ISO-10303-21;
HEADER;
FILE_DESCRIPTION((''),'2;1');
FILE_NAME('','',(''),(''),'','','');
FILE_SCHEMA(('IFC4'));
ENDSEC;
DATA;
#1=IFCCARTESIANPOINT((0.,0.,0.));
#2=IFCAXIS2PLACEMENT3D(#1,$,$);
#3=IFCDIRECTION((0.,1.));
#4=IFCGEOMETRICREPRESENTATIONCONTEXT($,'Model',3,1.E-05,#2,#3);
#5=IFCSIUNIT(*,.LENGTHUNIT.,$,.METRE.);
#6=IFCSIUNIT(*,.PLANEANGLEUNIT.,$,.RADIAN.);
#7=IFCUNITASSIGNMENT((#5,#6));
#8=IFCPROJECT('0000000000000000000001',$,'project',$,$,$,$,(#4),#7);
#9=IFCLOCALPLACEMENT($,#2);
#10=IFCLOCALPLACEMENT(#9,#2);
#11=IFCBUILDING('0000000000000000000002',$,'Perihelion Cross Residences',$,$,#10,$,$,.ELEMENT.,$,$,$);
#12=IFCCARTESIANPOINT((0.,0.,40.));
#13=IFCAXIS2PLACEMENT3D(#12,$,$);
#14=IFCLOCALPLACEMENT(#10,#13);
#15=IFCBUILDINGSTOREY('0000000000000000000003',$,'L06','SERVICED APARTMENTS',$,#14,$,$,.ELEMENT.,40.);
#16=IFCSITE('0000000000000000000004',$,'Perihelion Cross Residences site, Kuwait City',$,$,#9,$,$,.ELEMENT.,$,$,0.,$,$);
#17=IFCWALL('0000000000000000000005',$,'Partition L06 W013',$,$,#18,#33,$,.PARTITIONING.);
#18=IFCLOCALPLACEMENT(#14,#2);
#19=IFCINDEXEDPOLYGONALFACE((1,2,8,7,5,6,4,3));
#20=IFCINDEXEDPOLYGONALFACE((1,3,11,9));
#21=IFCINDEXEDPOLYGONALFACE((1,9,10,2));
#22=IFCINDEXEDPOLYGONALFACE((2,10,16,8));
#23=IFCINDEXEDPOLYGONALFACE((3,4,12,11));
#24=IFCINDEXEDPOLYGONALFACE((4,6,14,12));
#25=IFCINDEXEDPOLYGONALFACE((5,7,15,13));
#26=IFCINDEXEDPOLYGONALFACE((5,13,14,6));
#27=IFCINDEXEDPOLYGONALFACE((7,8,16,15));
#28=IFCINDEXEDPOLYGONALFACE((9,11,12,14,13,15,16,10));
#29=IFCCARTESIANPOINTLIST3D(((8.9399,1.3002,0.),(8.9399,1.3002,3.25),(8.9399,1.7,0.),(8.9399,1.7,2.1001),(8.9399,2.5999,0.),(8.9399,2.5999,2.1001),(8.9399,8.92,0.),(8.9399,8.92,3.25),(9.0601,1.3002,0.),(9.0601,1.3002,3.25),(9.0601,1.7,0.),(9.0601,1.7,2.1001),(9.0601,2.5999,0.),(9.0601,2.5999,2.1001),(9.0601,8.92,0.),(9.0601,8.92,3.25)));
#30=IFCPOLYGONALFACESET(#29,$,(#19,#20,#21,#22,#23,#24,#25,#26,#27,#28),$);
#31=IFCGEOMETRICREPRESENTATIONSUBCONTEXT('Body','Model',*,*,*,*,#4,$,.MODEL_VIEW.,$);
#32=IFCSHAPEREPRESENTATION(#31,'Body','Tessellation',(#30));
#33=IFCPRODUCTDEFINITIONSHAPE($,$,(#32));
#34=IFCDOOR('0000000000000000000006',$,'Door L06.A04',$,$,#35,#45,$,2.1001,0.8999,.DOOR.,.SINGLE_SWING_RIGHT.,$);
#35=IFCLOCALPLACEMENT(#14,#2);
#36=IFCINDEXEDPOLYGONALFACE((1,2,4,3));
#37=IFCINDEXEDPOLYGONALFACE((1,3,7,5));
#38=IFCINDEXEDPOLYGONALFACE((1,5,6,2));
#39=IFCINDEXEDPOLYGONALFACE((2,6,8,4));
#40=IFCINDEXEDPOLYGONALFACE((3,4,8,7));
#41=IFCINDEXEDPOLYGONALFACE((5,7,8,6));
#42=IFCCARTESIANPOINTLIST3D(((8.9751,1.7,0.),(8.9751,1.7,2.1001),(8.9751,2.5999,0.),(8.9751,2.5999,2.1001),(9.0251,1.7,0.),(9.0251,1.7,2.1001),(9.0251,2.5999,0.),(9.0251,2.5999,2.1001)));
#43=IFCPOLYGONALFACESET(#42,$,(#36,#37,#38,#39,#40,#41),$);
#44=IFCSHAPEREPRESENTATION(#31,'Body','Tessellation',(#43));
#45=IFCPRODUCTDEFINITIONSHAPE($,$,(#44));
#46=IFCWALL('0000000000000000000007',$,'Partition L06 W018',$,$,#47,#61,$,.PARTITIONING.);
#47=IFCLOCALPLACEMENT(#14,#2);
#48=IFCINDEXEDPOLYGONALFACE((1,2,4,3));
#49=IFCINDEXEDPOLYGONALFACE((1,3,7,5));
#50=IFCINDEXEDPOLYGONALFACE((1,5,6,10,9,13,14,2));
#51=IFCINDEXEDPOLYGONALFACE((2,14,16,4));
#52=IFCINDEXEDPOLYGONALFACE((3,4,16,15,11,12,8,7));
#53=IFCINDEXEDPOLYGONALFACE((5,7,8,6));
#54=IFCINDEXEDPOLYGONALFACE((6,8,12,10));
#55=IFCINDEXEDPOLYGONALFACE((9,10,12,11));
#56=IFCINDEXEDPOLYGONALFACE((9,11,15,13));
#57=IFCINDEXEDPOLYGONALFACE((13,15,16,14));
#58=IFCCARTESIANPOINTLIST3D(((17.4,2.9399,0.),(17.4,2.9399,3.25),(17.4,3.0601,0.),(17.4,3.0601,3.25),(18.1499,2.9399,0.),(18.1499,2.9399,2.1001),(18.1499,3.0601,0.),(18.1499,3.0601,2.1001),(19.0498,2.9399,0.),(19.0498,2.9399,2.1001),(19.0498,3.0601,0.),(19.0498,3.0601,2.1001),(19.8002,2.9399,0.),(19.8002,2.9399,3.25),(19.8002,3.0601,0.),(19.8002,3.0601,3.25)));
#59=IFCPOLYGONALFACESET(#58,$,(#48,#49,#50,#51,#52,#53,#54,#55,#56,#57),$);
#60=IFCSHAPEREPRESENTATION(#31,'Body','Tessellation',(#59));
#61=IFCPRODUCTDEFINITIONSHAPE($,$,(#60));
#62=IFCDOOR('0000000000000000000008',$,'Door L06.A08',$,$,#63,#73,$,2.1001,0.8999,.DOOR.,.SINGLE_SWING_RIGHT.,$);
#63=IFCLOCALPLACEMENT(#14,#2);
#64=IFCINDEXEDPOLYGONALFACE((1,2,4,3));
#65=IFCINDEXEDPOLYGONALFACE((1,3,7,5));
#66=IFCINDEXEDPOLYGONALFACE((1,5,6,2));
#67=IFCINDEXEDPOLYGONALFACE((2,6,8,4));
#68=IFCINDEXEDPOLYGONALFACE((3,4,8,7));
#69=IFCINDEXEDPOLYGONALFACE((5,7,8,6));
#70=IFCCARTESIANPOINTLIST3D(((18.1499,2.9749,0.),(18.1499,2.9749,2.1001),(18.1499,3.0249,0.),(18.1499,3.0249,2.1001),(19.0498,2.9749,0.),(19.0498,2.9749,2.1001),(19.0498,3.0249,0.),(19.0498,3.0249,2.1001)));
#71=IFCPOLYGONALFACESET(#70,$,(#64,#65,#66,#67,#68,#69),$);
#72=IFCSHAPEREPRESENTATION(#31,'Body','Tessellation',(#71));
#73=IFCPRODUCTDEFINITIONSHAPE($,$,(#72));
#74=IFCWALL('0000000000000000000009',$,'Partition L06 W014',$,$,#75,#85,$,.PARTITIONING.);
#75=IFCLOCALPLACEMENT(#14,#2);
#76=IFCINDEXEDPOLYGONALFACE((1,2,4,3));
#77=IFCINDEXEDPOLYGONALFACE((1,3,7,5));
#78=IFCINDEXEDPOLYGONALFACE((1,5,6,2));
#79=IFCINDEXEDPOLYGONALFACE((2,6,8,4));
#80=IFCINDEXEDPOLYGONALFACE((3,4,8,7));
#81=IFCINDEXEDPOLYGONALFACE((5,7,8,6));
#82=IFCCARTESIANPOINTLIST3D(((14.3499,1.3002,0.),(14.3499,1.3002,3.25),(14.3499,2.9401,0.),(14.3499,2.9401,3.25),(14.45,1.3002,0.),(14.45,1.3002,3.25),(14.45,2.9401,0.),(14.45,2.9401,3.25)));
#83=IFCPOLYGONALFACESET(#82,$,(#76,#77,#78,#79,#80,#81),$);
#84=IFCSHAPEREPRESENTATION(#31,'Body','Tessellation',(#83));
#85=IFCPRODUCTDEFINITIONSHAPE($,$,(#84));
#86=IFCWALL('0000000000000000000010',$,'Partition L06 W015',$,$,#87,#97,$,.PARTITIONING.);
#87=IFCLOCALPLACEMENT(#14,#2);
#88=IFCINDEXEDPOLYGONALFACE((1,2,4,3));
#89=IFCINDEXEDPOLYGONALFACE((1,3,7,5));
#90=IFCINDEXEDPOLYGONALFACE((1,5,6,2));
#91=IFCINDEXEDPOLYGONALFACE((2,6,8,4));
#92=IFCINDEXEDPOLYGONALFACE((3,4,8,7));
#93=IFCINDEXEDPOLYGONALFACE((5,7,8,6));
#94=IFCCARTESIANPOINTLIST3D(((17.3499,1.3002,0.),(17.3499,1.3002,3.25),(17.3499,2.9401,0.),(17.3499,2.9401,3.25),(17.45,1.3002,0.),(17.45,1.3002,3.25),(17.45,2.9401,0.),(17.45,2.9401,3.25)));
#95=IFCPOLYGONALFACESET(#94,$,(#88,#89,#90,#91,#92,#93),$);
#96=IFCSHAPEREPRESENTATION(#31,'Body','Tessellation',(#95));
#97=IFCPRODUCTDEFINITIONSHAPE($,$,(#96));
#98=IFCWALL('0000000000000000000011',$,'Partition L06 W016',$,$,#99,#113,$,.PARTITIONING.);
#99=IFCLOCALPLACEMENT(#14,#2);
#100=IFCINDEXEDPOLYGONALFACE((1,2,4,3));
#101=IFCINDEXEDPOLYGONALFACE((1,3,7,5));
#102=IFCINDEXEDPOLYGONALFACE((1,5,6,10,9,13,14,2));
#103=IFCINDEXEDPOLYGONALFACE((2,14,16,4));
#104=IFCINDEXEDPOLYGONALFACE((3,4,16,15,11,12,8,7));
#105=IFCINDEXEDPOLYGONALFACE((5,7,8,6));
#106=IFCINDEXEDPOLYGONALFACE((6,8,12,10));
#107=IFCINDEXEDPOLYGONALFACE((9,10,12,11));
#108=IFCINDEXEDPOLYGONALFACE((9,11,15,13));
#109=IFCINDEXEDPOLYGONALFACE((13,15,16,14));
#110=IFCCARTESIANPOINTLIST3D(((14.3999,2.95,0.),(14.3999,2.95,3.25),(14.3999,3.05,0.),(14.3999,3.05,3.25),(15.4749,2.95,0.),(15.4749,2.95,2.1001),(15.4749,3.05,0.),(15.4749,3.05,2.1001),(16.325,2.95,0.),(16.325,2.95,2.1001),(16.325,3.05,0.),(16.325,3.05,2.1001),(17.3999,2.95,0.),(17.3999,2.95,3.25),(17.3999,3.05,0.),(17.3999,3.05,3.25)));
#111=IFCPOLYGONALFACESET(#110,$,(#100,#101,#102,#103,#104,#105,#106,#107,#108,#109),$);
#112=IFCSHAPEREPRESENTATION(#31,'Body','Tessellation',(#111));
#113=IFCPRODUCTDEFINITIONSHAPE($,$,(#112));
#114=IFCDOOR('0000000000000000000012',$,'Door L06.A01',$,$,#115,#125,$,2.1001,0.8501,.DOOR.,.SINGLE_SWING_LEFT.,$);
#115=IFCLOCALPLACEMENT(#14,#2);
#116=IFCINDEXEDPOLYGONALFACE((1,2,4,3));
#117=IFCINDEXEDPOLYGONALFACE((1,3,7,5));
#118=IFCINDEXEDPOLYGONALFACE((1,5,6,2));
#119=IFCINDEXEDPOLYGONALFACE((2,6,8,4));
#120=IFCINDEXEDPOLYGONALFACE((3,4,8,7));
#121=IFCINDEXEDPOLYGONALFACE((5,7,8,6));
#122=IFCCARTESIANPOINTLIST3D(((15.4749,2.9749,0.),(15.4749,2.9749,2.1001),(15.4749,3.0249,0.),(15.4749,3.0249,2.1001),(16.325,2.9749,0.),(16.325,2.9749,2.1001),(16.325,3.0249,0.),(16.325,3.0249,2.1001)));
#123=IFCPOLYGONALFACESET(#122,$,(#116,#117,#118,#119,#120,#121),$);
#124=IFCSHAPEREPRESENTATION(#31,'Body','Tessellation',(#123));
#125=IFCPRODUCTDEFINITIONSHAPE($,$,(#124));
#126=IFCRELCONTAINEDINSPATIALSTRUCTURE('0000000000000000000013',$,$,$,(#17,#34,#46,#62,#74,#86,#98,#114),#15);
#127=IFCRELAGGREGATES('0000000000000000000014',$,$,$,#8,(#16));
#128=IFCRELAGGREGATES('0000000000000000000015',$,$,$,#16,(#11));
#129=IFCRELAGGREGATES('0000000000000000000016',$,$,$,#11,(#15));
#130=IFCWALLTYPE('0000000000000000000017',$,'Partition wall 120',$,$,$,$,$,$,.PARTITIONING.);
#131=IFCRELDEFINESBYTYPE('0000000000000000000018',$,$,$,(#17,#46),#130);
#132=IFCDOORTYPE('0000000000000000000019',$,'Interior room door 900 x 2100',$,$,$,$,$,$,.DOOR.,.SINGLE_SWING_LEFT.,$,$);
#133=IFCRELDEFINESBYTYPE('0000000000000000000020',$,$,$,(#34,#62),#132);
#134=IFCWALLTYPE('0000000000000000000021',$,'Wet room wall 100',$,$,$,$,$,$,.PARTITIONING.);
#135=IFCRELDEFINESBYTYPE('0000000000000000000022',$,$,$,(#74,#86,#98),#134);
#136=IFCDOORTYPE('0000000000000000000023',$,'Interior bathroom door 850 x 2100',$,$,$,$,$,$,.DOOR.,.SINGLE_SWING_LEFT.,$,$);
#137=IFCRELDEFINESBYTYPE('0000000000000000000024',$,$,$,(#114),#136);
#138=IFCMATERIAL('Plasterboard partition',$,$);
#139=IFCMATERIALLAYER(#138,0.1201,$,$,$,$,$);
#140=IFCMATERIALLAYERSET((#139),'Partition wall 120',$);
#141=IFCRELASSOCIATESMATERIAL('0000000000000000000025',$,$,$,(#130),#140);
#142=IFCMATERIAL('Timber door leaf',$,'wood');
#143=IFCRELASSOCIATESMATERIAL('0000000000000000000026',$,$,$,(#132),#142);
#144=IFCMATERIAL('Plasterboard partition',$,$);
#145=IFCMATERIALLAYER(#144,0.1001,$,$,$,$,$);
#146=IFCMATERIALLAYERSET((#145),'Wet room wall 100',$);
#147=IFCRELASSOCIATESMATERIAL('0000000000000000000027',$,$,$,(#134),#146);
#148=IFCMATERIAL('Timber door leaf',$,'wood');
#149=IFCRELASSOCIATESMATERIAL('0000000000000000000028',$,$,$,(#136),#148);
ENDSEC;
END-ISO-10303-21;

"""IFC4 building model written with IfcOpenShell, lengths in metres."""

from ifc_helpers import new_model, si_unit, direction, frame, frame_2d, origin, place, context, subcontext, project, spatial, rectangle, extrude, material, layer, layer_set, type_object, element, fill, save


model = new_model("IFC4")

# Units and contexts
model_context = context("Model", 3, precision=1e-05, world=origin(), true_north=direction((0.0, 1.0)))
body_context = subcontext(model_context, "Body", "Model", "MODEL_VIEW")
ifc_project = project(units=[si_unit("LENGTHUNIT", "METRE"), si_unit("PLANEANGLEUNIT", "RADIAN")], contexts=[model_context])

# Site, building, storey
site_placement = place(None, origin())
site = spatial("IfcSite", under=ifc_project, at=site_placement, Name="Perihelion Cross Residences site, Kuwait City", CompositionType="ELEMENT", RefElevation=0.0)
building_placement = place(site_placement, origin())
building = spatial("IfcBuilding", under=site, at=building_placement, Name="Perihelion Cross Residences", CompositionType="ELEMENT")
storey_placement = place(building_placement, frame((0.0, 0.0, 40.0)))
storey = spatial("IfcBuildingStorey", under=building, at=storey_placement, Name="L06", Description="SERVICED APARTMENTS", CompositionType="ELEMENT", Elevation=40.0)

# Walls, openings, doors
ifc_material_1 = material(Name="Plasterboard partition")
ifc_layer_1 = layer(ifc_material_1, 0.1201)
ifc_layer_set_1 = layer_set([ifc_layer_1], Name="Partition wall 120")
wall_type_1 = type_object("IfcWallType", Name="Partition wall 120", PredefinedType="PARTITIONING", material=ifc_layer_set_1)
ifc_material_2 = material(Name="Timber door leaf", Category="wood")
door_type_1 = type_object("IfcDoorType", Name="Interior room door 900 x 2100", OperationType="SINGLE_SWING_LEFT", PredefinedType="DOOR", material=ifc_material_2)
wall_1_placement = place(storey_placement, frame((9.0, 1.3, 0.0), z_axis=(0.0, 0.0, 1.0), x_axis=(0.0, 1.0, 0.0)))
wall_1 = element("IfcWall", 1, at=wall_1_placement, inside=storey, type_object=wall_type_1, Name="Partition L06 W013", PredefinedType="PARTITIONING", context=body_context, shape_type="SweptSolid", body=[
    extrude(rectangle(XDim=7.6199, YDim=0.1201, at=frame_2d((3.8101, 0.0))), origin(), (0.0, 0.0, 1.0), 3.25),
])
opening_1_placement = place(wall_1_placement, frame((0.3999, 0.0, 0.0)))
opening_1 = element("IfcOpeningElement", 2, at=opening_1_placement, cuts=wall_1, PredefinedType="OPENING", context=body_context, shape_type="SweptSolid", body=[
    extrude(rectangle(XDim=0.8999, YDim=2.1001, at=frame_2d((0.45, 1.05))), frame((0.0, 0.0701, 0.0), z_axis=(0.0, -1.0, 0.0), x_axis=(1.0, 0.0, 0.0)), (0.0, 0.0, 1.0), 0.1401),
])
door_1_placement = place(opening_1_placement, origin())
door_1 = element("IfcDoor", 3, at=door_1_placement, inside=storey, type_object=door_type_1, Name="Door L06.A04", OperationType="SINGLE_SWING_RIGHT", OverallHeight=2.1001, OverallWidth=0.8999, PredefinedType="DOOR", context=body_context, shape_type="SweptSolid", body=[
    extrude(rectangle(XDim=0.8999, YDim=2.1001, at=frame_2d((0.45, 1.05))), frame((0.0, 0.0249, 0.0), z_axis=(0.0, -1.0, 0.0), x_axis=(1.0, 0.0, 0.0)), (0.0, 0.0, 1.0), 0.05),
])
fill(opening_1, door_1)
wall_2_placement = place(storey_placement, frame((17.3999, 3.0, 0.0), z_axis=(0.0, 0.0, 1.0), x_axis=(1.0, 0.0, 0.0)))
wall_2 = element("IfcWall", 4, at=wall_2_placement, inside=storey, type_object=wall_type_1, Name="Partition L06 W018", PredefinedType="PARTITIONING", context=body_context, shape_type="SweptSolid", body=[
    extrude(rectangle(XDim=2.4001, YDim=0.1201, at=frame_2d((1.2002, 0.0))), origin(), (0.0, 0.0, 1.0), 3.25),
])
opening_2_placement = place(wall_2_placement, frame((0.75, 0.0, 0.0)))
opening_2 = element("IfcOpeningElement", 5, at=opening_2_placement, cuts=wall_2, PredefinedType="OPENING", context=body_context, shape_type="SweptSolid", body=[
    extrude(rectangle(XDim=0.8999, YDim=2.1001, at=frame_2d((0.45, 1.05))), frame((0.0, 0.0701, 0.0), z_axis=(0.0, -1.0, 0.0), x_axis=(1.0, 0.0, 0.0)), (0.0, 0.0, 1.0), 0.1401),
])
door_2_placement = place(opening_2_placement, origin())
door_2 = element("IfcDoor", 6, at=door_2_placement, inside=storey, type_object=door_type_1, Name="Door L06.A08", OperationType="SINGLE_SWING_RIGHT", OverallHeight=2.1001, OverallWidth=0.8999, PredefinedType="DOOR", context=body_context, shape_type="SweptSolid", body=[
    extrude(rectangle(XDim=0.8999, YDim=2.1001, at=frame_2d((0.45, 1.05))), frame((0.0, 0.0249, 0.0), z_axis=(0.0, -1.0, 0.0), x_axis=(1.0, 0.0, 0.0)), (0.0, 0.0, 1.0), 0.05),
])
fill(opening_2, door_2)

# Walls
ifc_material_3 = material(Name="Plasterboard partition")
ifc_layer_2 = layer(ifc_material_3, 0.1001)
ifc_layer_set_2 = layer_set([ifc_layer_2], Name="Wet room wall 100")
wall_type_2 = type_object("IfcWallType", Name="Wet room wall 100", PredefinedType="PARTITIONING", material=ifc_layer_set_2)
for number, where, z_axis, x_axis, name in (
    (7, (14.3999, 2.9399, 0.0), (0.0, 0.0, 1.0), (0.0, -1.0, 0.0), "Partition L06 W014"),
    (8, (17.3999, 2.9399, 0.0), (0.0, 0.0, 1.0), (0.0, -1.0, 0.0), "Partition L06 W015"),
):
    element("IfcWall", number, at=place(storey_placement, frame(where, z_axis=z_axis, x_axis=x_axis)), inside=storey, type_object=wall_type_2, Name=name, PredefinedType="PARTITIONING", context=body_context, shape_type="SweptSolid", body=[
        extrude(rectangle(XDim=1.6399, YDim=0.1001, at=frame_2d((0.8198, 0.0))), origin(), (0.0, 0.0, 1.0), 3.25),
    ])

# Wall, opening, door
wall_3_placement = place(storey_placement, frame((14.3999, 3.0, 0.0), z_axis=(0.0, 0.0, 1.0), x_axis=(1.0, 0.0, 0.0)))
wall_3 = element("IfcWall", 9, at=wall_3_placement, inside=storey, type_object=wall_type_2, Name="Partition L06 W016", PredefinedType="PARTITIONING", context=body_context, shape_type="SweptSolid", body=[
    extrude(rectangle(XDim=3.0, YDim=0.1001, at=frame_2d((1.5, 0.0))), origin(), (0.0, 0.0, 1.0), 3.25),
])
opening_3_placement = place(wall_3_placement, frame((1.075, 0.0, 0.0)))
opening_3 = element("IfcOpeningElement", 10, at=opening_3_placement, cuts=wall_3, PredefinedType="OPENING", context=body_context, shape_type="SweptSolid", body=[
    extrude(rectangle(XDim=0.8501, YDim=2.1001, at=frame_2d((0.425, 1.05))), frame((0.0, 0.0601, 0.0), z_axis=(0.0, -1.0, 0.0), x_axis=(1.0, 0.0, 0.0)), (0.0, 0.0, 1.0), 0.1201),
])
ifc_material_4 = material(Name="Timber door leaf", Category="wood")
door_type_2 = type_object("IfcDoorType", Name="Interior bathroom door 850 x 2100", OperationType="SINGLE_SWING_LEFT", PredefinedType="DOOR", material=ifc_material_4)
door_3_placement = place(opening_3_placement, origin())
door_3 = element("IfcDoor", 11, at=door_3_placement, inside=storey, type_object=door_type_2, Name="Door L06.A01", OperationType="SINGLE_SWING_LEFT", OverallHeight=2.1001, OverallWidth=0.8501, PredefinedType="DOOR", context=body_context, shape_type="SweptSolid", body=[
    extrude(rectangle(XDim=0.8501, YDim=2.1001, at=frame_2d((0.425, 1.05))), frame((0.0, 0.0249, 0.0), z_axis=(0.0, -1.0, 0.0), x_axis=(1.0, 0.0, 0.0)), (0.0, 0.0, 1.0), 0.05),
])
fill(opening_3, door_3)

save(model, "model.ifc")
